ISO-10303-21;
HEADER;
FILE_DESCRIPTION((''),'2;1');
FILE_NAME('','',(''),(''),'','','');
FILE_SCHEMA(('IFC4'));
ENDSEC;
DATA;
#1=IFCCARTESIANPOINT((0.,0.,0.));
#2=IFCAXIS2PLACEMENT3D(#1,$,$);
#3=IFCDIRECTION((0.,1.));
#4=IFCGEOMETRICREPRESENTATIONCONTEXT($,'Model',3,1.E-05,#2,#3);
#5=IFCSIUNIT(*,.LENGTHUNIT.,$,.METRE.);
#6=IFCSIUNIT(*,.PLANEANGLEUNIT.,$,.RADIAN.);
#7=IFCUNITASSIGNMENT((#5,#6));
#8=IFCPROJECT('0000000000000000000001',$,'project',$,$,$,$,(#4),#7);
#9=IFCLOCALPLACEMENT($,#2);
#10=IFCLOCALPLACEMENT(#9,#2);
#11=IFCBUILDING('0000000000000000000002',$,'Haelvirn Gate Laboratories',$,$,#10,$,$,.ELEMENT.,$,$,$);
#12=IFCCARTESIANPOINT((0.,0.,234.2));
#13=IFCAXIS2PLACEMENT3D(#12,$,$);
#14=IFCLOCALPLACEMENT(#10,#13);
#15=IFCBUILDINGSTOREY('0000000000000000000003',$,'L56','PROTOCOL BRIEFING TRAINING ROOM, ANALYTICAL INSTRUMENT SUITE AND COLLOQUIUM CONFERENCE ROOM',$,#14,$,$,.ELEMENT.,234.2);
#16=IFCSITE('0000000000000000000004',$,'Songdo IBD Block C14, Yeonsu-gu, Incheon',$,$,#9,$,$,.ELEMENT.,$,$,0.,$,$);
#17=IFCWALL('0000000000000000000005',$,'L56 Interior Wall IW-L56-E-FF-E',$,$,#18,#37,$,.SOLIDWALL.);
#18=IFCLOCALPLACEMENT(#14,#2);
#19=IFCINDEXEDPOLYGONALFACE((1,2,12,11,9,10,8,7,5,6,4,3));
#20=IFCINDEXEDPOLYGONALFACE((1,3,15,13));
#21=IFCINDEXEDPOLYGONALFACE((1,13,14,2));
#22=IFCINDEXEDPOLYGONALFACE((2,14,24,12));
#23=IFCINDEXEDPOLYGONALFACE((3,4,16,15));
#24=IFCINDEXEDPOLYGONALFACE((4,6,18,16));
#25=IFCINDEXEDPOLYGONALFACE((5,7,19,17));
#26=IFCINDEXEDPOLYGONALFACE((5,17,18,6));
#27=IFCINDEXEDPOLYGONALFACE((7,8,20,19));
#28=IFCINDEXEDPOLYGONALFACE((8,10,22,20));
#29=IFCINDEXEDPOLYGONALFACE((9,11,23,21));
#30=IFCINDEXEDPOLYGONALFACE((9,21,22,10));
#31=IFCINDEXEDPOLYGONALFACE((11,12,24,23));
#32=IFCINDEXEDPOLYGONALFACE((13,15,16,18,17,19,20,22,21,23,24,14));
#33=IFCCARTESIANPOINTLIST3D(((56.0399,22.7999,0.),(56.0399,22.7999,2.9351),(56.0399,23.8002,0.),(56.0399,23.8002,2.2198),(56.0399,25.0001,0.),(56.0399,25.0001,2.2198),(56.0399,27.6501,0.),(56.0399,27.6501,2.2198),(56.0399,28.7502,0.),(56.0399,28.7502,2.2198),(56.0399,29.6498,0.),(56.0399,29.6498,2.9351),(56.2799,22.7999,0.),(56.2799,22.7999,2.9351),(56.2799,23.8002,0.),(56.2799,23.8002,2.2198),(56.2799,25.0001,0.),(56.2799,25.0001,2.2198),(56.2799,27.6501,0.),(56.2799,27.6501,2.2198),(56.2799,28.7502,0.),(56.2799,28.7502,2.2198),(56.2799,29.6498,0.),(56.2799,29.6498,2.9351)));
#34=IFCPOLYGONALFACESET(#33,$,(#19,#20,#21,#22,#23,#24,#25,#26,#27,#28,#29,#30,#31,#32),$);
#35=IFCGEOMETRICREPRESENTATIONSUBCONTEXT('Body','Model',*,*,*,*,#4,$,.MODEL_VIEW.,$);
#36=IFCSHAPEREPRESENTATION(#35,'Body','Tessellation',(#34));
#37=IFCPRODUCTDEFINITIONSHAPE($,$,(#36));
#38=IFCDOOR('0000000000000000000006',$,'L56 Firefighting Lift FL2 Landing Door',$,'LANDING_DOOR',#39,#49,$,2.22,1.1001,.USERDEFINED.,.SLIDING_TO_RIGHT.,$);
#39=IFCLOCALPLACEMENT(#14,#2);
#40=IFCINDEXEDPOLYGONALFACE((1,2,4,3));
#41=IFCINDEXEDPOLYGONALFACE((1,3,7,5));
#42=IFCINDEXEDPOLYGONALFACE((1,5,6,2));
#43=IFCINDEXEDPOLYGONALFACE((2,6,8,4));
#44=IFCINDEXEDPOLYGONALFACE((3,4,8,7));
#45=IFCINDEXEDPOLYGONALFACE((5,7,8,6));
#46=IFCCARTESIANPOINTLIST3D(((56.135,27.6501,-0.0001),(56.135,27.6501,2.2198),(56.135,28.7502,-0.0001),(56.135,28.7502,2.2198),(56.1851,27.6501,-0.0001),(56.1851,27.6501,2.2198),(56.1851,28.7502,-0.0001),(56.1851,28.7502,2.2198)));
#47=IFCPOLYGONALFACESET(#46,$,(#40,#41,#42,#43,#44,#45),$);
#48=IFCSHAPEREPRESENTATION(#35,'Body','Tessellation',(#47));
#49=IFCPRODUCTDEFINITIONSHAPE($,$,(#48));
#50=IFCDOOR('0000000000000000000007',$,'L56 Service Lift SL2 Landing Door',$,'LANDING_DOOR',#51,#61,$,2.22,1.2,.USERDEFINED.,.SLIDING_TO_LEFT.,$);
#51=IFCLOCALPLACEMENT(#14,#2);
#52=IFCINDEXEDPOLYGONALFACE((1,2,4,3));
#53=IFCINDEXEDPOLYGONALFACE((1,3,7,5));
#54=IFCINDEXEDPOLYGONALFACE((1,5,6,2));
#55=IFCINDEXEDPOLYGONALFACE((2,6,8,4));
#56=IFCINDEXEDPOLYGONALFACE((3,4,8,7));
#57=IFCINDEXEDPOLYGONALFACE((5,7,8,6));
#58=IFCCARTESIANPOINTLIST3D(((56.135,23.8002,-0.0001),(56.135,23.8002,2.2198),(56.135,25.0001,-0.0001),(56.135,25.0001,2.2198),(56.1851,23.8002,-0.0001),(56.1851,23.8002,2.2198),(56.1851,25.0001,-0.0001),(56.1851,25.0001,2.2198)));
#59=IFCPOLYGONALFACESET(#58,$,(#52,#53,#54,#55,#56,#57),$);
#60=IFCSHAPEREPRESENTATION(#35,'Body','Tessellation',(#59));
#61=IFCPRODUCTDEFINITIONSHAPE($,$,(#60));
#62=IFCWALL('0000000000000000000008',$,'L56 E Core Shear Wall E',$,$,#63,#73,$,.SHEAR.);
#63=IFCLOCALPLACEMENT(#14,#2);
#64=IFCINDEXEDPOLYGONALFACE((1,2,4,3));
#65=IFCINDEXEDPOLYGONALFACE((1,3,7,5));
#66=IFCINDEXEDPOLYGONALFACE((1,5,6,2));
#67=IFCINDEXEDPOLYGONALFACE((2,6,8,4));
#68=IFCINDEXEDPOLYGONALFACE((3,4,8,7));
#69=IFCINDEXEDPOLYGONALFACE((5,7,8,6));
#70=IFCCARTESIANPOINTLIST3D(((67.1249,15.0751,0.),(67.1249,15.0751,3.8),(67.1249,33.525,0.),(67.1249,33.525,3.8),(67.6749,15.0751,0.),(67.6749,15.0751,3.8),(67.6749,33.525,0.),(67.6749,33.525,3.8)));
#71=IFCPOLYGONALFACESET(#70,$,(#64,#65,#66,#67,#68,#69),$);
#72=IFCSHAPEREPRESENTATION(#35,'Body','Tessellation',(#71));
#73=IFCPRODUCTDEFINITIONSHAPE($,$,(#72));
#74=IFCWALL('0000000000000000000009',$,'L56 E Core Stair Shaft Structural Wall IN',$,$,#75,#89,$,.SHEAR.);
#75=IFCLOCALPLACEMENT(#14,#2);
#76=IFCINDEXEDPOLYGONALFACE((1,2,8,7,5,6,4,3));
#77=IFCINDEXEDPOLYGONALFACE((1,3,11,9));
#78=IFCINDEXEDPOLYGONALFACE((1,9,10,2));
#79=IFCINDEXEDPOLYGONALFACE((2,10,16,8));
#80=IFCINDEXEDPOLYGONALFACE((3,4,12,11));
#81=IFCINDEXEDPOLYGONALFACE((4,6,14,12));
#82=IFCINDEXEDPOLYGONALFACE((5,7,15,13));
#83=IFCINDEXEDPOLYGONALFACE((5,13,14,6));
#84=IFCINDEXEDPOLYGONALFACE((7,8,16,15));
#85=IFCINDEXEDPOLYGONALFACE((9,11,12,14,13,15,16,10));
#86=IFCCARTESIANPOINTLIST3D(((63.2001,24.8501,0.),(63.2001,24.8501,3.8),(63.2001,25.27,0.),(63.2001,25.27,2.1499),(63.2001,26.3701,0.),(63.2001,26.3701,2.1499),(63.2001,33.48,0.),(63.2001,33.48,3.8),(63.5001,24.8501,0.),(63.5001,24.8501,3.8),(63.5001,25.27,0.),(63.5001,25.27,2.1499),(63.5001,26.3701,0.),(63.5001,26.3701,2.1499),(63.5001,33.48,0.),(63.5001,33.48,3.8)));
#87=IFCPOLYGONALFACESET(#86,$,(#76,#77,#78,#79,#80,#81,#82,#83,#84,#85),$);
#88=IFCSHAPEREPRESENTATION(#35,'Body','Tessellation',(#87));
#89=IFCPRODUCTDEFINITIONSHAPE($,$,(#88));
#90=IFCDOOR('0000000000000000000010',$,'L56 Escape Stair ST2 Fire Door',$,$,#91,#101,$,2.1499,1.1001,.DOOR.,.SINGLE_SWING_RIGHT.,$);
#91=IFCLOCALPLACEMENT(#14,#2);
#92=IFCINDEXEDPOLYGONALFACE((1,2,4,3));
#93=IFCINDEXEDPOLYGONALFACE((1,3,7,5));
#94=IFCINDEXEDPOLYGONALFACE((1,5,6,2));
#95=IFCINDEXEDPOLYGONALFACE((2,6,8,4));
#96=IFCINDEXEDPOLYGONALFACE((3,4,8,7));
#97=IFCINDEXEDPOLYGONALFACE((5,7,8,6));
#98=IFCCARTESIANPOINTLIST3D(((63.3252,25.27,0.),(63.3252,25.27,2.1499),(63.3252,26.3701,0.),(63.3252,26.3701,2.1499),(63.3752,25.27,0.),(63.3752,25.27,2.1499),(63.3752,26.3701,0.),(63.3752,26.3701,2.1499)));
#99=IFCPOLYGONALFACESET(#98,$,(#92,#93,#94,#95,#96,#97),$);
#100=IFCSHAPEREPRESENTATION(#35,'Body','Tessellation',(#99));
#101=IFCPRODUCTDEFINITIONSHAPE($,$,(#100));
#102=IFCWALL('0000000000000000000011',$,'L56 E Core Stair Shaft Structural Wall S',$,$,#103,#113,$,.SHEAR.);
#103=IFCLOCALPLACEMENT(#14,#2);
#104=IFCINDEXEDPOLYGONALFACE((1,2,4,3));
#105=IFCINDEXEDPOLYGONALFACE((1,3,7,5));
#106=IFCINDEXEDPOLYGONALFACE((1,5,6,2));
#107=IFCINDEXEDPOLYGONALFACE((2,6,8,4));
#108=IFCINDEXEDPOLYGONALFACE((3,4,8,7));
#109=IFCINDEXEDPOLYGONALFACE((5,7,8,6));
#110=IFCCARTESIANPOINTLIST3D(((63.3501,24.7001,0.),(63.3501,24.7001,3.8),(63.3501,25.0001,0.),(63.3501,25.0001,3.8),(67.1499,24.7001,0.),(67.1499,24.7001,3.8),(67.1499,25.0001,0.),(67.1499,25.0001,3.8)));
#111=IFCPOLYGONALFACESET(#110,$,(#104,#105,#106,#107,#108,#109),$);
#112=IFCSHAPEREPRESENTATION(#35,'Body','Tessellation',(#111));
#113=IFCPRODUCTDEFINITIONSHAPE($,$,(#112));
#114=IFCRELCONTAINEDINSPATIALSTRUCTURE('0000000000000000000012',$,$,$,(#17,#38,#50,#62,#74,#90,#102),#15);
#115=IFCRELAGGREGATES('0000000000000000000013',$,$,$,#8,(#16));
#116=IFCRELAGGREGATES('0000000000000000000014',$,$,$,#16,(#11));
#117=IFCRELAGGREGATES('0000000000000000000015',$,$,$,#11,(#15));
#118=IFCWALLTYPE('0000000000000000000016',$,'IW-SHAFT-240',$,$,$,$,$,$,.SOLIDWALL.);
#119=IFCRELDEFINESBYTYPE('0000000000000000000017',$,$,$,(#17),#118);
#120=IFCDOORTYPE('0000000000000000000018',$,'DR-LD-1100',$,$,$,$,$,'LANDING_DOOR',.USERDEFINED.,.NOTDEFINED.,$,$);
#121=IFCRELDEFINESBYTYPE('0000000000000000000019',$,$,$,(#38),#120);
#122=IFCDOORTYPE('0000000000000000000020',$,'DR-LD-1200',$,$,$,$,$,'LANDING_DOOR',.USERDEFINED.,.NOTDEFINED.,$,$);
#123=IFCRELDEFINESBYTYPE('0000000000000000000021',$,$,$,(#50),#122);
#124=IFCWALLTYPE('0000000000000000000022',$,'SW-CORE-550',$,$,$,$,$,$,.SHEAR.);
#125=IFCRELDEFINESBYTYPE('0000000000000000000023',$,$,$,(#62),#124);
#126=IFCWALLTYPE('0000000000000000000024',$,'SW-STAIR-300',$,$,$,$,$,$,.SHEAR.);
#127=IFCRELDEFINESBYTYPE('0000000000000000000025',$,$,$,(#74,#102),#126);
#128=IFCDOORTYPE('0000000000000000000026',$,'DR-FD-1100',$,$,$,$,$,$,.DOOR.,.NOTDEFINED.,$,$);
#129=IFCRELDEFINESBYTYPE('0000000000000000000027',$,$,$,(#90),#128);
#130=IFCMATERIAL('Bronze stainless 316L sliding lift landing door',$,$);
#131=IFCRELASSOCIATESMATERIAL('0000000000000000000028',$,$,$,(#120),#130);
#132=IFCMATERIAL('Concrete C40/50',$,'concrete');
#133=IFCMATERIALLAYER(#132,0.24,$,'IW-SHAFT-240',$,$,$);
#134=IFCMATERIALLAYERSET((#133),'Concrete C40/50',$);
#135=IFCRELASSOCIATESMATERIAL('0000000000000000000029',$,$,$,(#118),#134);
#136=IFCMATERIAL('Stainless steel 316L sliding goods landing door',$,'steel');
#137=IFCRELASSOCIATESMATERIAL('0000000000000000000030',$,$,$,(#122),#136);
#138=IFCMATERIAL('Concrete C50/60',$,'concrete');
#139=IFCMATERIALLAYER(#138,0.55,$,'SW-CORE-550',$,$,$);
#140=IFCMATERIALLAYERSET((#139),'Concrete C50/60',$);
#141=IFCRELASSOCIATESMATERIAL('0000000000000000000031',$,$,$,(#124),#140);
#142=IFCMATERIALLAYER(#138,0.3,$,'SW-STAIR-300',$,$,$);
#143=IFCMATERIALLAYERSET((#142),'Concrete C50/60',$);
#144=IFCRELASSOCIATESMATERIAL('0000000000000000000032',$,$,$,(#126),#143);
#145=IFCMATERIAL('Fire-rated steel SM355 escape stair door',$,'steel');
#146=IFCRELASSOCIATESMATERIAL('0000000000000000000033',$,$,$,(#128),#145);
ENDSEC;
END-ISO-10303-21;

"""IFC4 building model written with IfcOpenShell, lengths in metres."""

from ifc_helpers import new_model, si_unit, direction, frame, frame_2d, origin, place, context, subcontext, project, spatial, rectangle, extrude, source, transform, mapped, material, layer, layer_set, type_object, type_shapes, element, fill, save


model = new_model("IFC4")

# Units and contexts
model_context = context("Model", 3, precision=1e-05, world=origin(), true_north=direction((0.0, 1.0)))
body_context = subcontext(model_context, "Body", "Model", "MODEL_VIEW")
ifc_project = project(units=[si_unit("LENGTHUNIT", "METRE"), si_unit("PLANEANGLEUNIT", "RADIAN")], contexts=[model_context])

# Site, building, storey
site_placement = place(None, origin())
site = spatial("IfcSite", under=ifc_project, at=site_placement, Name="Songdo IBD Block C14, Yeonsu-gu, Incheon", CompositionType="ELEMENT", RefElevation=0.0)
building_placement = place(site_placement, origin())
building = spatial("IfcBuilding", under=site, at=building_placement, Name="Haelvirn Gate Laboratories", CompositionType="ELEMENT")
storey_placement = place(building_placement, frame((0.0, 0.0, 234.2)))
storey = spatial("IfcBuildingStorey", under=building, at=storey_placement, Name="L56", Description="PROTOCOL BRIEFING TRAINING ROOM, ANALYTICAL INSTRUMENT SUITE AND COLLOQUIUM CONFERENCE ROOM", CompositionType="ELEMENT", Elevation=234.2)

# Shared definitions
ifc_material_1 = material(Name="Concrete C50/60", Category="concrete")

# Shared definitions
ifc_material_2 = material(Name="Concrete C40/50", Category="concrete")

# Shared definitions
ifc_material_3 = material(Name="Bronze stainless 316L sliding lift landing door")
door_type_1 = type_object("IfcDoorType", Name="DR-LD-1100", ElementType="LANDING_DOOR", OperationType="NOTDEFINED", PredefinedType="USERDEFINED", material=ifc_material_3)
shared_shape_1 = source(origin(), body_context, "Body", "SweptSolid", [
    extrude(rectangle(XDim=1.1001, YDim=2.22, at=frame_2d((0.55, 1.1099))), frame((0.0, 0.0249, 0.0), z_axis=(0.0, -1.0, 0.0), x_axis=(1.0, 0.0, 0.0)), (0.0, 0.0, 1.0), 0.05),
])
type_shapes(door_type_1, [shared_shape_1])

# Wall, openings, doors
ifc_layer_1 = layer(ifc_material_2, 0.24, Name="IW-SHAFT-240")
ifc_layer_set_1 = layer_set([ifc_layer_1], Name="Concrete C40/50")
wall_type_1 = type_object("IfcWallType", Name="IW-SHAFT-240", PredefinedType="SOLIDWALL", material=ifc_layer_set_1)
wall_1_placement = place(storey_placement, frame((56.1599, 22.8, 0.0), z_axis=(0.0, 0.0, 1.0), x_axis=(0.0, 1.0, 0.0)))
wall_1 = element("IfcWall", 1, at=wall_1_placement, inside=storey, type_object=wall_type_1, Name="L56 Interior Wall IW-L56-E-FF-E", PredefinedType="SOLIDWALL", context=body_context, shape_type="SweptSolid", body=[
    extrude(rectangle(XDim=6.8499, YDim=0.24, at=frame_2d((3.4248, 0.0))), origin(), (0.0, 0.0, 1.0), 2.9351),
])
opening_1_placement = place(wall_1_placement, frame((4.8501, 0.0, 0.0)))
opening_1 = element("IfcOpeningElement", 2, at=opening_1_placement, cuts=wall_1, PredefinedType="OPENING", context=body_context, shape_type="SweptSolid", body=[
    extrude(rectangle(XDim=1.1001, YDim=2.22, at=frame_2d((0.55, 1.1099))), frame((0.0, 0.1299, 0.0), z_axis=(0.0, -1.0, 0.0), x_axis=(1.0, 0.0, 0.0)), (0.0, 0.0, 1.0), 0.26),
])
opening_2_placement = place(wall_1_placement, frame((1.0, 0.0, 0.0)))
opening_2 = element("IfcOpeningElement", 3, at=opening_2_placement, cuts=wall_1, PredefinedType="OPENING", context=body_context, shape_type="SweptSolid", body=[
    extrude(rectangle(XDim=1.2, YDim=2.22, at=frame_2d((0.6001, 1.1099))), frame((0.0, 0.1299, 0.0), z_axis=(0.0, -1.0, 0.0), x_axis=(1.0, 0.0, 0.0)), (0.0, 0.0, 1.0), 0.26),
])
door_1_placement = place(opening_1_placement, origin())
door_1 = element("IfcDoor", 4, at=door_1_placement, inside=storey, type_object=door_type_1, Name="L56 Firefighting Lift FL2 Landing Door", ObjectType="LANDING_DOOR", OperationType="SLIDING_TO_RIGHT", OverallHeight=2.22, OverallWidth=1.1001, PredefinedType="USERDEFINED", context=body_context, shape_type="MappedRepresentation", body=[
    mapped(shared_shape_1, transform((0.0, 0.0, 0.0), scale=1.0)),
])
fill(opening_1, door_1)
ifc_material_4 = material(Name="Stainless steel 316L sliding goods landing door", Category="steel")
door_type_2 = type_object("IfcDoorType", Name="DR-LD-1200", ElementType="LANDING_DOOR", OperationType="NOTDEFINED", PredefinedType="USERDEFINED", material=ifc_material_4)
shared_shape_2 = source(origin(), body_context, "Body", "SweptSolid", [
    extrude(rectangle(XDim=1.2, YDim=2.22, at=frame_2d((0.6001, 1.1099))), frame((0.0, 0.0249, 0.0), z_axis=(0.0, -1.0, 0.0), x_axis=(1.0, 0.0, 0.0)), (0.0, 0.0, 1.0), 0.05),
])
type_shapes(door_type_2, [shared_shape_2])
door_2_placement = place(opening_2_placement, origin())
door_2 = element("IfcDoor", 5, at=door_2_placement, inside=storey, type_object=door_type_2, Name="L56 Service Lift SL2 Landing Door", ObjectType="LANDING_DOOR", OperationType="SLIDING_TO_LEFT", OverallHeight=2.22, OverallWidth=1.2, PredefinedType="USERDEFINED", context=body_context, shape_type="MappedRepresentation", body=[
    mapped(shared_shape_2, transform((0.0, 0.0, 0.0), scale=1.0)),
])
fill(opening_2, door_2)

# Wall
ifc_layer_2 = layer(ifc_material_1, 0.55, Name="SW-CORE-550")
ifc_layer_set_2 = layer_set([ifc_layer_2], Name="Concrete C50/60")
wall_type_2 = type_object("IfcWallType", Name="SW-CORE-550", PredefinedType="SHEAR", material=ifc_layer_set_2)
wall_2_placement = place(storey_placement, frame((67.3999, 15.075, 0.0), z_axis=(0.0, 0.0, 1.0), x_axis=(0.0, 1.0, 0.0)))
element("IfcWall", 6, at=wall_2_placement, inside=storey, type_object=wall_type_2, Name="L56 E Core Shear Wall E", PredefinedType="SHEAR", context=body_context, shape_type="SweptSolid", body=[
    extrude(rectangle(XDim=18.45, YDim=0.55, at=frame_2d((9.2251, 0.0))), origin(), (0.0, 0.0, 1.0), 3.8),
])

# Wall, opening, door
ifc_layer_3 = layer(ifc_material_1, 0.3, Name="SW-STAIR-300")
ifc_layer_set_3 = layer_set([ifc_layer_3], Name="Concrete C50/60")
wall_type_3 = type_object("IfcWallType", Name="SW-STAIR-300", PredefinedType="SHEAR", material=ifc_layer_set_3)
wall_3_placement = place(storey_placement, frame((63.3501, 24.8501, 0.0), z_axis=(0.0, 0.0, 1.0), x_axis=(0.0, 1.0, 0.0)))
wall_3 = element("IfcWall", 7, at=wall_3_placement, inside=storey, type_object=wall_type_3, Name="L56 E Core Stair Shaft Structural Wall IN", PredefinedType="SHEAR", context=body_context, shape_type="SweptSolid", body=[
    extrude(rectangle(XDim=8.6299, YDim=0.3, at=frame_2d((4.3149, 0.0))), origin(), (0.0, 0.0, 1.0), 3.8),
])
opening_3_placement = place(wall_3_placement, frame((0.4199, 0.0, 0.0)))
opening_3 = element("IfcOpeningElement", 8, at=opening_3_placement, cuts=wall_3, PredefinedType="OPENING", context=body_context, shape_type="SweptSolid", body=[
    extrude(rectangle(XDim=1.1001, YDim=2.1499, at=frame_2d((0.55, 1.075))), frame((0.0, 0.1602, 0.0), z_axis=(0.0, -1.0, 0.0), x_axis=(1.0, 0.0, 0.0)), (0.0, 0.0, 1.0), 0.3201),
])
ifc_material_5 = material(Name="Fire-rated steel SM355 escape stair door", Category="steel")
door_type_3 = type_object("IfcDoorType", Name="DR-FD-1100", OperationType="NOTDEFINED", PredefinedType="DOOR", material=ifc_material_5)
shared_shape_3 = source(origin(), body_context, "Body", "SweptSolid", [
    extrude(rectangle(XDim=1.1001, YDim=2.1499, at=frame_2d((0.55, 1.075))), frame((0.0, 0.0249, 0.0), z_axis=(0.0, -1.0, 0.0), x_axis=(1.0, 0.0, 0.0)), (0.0, 0.0, 1.0), 0.05),
])
type_shapes(door_type_3, [shared_shape_3])
door_3_placement = place(opening_3_placement, origin())
door_3 = element("IfcDoor", 9, at=door_3_placement, inside=storey, type_object=door_type_3, Name="L56 Escape Stair ST2 Fire Door", OperationType="SINGLE_SWING_RIGHT", OverallHeight=2.1499, OverallWidth=1.1001, PredefinedType="DOOR", context=body_context, shape_type="MappedRepresentation", body=[
    mapped(shared_shape_3, transform((0.0, 0.0, 0.0), scale=1.0)),
])
fill(opening_3, door_3)

# Wall
wall_4_placement = place(storey_placement, frame((63.3501, 24.8501, 0.0), z_axis=(0.0, 0.0, 1.0), x_axis=(1.0, 0.0, 0.0)))
element("IfcWall", 10, at=wall_4_placement, inside=storey, type_object=wall_type_3, Name="L56 E Core Stair Shaft Structural Wall S", PredefinedType="SHEAR", context=body_context, shape_type="SweptSolid", body=[
    extrude(rectangle(XDim=3.7998, YDim=0.3, at=frame_2d((1.8999, 0.0))), origin(), (0.0, 0.0, 1.0), 3.8),
])

save(model, "model.ifc")
